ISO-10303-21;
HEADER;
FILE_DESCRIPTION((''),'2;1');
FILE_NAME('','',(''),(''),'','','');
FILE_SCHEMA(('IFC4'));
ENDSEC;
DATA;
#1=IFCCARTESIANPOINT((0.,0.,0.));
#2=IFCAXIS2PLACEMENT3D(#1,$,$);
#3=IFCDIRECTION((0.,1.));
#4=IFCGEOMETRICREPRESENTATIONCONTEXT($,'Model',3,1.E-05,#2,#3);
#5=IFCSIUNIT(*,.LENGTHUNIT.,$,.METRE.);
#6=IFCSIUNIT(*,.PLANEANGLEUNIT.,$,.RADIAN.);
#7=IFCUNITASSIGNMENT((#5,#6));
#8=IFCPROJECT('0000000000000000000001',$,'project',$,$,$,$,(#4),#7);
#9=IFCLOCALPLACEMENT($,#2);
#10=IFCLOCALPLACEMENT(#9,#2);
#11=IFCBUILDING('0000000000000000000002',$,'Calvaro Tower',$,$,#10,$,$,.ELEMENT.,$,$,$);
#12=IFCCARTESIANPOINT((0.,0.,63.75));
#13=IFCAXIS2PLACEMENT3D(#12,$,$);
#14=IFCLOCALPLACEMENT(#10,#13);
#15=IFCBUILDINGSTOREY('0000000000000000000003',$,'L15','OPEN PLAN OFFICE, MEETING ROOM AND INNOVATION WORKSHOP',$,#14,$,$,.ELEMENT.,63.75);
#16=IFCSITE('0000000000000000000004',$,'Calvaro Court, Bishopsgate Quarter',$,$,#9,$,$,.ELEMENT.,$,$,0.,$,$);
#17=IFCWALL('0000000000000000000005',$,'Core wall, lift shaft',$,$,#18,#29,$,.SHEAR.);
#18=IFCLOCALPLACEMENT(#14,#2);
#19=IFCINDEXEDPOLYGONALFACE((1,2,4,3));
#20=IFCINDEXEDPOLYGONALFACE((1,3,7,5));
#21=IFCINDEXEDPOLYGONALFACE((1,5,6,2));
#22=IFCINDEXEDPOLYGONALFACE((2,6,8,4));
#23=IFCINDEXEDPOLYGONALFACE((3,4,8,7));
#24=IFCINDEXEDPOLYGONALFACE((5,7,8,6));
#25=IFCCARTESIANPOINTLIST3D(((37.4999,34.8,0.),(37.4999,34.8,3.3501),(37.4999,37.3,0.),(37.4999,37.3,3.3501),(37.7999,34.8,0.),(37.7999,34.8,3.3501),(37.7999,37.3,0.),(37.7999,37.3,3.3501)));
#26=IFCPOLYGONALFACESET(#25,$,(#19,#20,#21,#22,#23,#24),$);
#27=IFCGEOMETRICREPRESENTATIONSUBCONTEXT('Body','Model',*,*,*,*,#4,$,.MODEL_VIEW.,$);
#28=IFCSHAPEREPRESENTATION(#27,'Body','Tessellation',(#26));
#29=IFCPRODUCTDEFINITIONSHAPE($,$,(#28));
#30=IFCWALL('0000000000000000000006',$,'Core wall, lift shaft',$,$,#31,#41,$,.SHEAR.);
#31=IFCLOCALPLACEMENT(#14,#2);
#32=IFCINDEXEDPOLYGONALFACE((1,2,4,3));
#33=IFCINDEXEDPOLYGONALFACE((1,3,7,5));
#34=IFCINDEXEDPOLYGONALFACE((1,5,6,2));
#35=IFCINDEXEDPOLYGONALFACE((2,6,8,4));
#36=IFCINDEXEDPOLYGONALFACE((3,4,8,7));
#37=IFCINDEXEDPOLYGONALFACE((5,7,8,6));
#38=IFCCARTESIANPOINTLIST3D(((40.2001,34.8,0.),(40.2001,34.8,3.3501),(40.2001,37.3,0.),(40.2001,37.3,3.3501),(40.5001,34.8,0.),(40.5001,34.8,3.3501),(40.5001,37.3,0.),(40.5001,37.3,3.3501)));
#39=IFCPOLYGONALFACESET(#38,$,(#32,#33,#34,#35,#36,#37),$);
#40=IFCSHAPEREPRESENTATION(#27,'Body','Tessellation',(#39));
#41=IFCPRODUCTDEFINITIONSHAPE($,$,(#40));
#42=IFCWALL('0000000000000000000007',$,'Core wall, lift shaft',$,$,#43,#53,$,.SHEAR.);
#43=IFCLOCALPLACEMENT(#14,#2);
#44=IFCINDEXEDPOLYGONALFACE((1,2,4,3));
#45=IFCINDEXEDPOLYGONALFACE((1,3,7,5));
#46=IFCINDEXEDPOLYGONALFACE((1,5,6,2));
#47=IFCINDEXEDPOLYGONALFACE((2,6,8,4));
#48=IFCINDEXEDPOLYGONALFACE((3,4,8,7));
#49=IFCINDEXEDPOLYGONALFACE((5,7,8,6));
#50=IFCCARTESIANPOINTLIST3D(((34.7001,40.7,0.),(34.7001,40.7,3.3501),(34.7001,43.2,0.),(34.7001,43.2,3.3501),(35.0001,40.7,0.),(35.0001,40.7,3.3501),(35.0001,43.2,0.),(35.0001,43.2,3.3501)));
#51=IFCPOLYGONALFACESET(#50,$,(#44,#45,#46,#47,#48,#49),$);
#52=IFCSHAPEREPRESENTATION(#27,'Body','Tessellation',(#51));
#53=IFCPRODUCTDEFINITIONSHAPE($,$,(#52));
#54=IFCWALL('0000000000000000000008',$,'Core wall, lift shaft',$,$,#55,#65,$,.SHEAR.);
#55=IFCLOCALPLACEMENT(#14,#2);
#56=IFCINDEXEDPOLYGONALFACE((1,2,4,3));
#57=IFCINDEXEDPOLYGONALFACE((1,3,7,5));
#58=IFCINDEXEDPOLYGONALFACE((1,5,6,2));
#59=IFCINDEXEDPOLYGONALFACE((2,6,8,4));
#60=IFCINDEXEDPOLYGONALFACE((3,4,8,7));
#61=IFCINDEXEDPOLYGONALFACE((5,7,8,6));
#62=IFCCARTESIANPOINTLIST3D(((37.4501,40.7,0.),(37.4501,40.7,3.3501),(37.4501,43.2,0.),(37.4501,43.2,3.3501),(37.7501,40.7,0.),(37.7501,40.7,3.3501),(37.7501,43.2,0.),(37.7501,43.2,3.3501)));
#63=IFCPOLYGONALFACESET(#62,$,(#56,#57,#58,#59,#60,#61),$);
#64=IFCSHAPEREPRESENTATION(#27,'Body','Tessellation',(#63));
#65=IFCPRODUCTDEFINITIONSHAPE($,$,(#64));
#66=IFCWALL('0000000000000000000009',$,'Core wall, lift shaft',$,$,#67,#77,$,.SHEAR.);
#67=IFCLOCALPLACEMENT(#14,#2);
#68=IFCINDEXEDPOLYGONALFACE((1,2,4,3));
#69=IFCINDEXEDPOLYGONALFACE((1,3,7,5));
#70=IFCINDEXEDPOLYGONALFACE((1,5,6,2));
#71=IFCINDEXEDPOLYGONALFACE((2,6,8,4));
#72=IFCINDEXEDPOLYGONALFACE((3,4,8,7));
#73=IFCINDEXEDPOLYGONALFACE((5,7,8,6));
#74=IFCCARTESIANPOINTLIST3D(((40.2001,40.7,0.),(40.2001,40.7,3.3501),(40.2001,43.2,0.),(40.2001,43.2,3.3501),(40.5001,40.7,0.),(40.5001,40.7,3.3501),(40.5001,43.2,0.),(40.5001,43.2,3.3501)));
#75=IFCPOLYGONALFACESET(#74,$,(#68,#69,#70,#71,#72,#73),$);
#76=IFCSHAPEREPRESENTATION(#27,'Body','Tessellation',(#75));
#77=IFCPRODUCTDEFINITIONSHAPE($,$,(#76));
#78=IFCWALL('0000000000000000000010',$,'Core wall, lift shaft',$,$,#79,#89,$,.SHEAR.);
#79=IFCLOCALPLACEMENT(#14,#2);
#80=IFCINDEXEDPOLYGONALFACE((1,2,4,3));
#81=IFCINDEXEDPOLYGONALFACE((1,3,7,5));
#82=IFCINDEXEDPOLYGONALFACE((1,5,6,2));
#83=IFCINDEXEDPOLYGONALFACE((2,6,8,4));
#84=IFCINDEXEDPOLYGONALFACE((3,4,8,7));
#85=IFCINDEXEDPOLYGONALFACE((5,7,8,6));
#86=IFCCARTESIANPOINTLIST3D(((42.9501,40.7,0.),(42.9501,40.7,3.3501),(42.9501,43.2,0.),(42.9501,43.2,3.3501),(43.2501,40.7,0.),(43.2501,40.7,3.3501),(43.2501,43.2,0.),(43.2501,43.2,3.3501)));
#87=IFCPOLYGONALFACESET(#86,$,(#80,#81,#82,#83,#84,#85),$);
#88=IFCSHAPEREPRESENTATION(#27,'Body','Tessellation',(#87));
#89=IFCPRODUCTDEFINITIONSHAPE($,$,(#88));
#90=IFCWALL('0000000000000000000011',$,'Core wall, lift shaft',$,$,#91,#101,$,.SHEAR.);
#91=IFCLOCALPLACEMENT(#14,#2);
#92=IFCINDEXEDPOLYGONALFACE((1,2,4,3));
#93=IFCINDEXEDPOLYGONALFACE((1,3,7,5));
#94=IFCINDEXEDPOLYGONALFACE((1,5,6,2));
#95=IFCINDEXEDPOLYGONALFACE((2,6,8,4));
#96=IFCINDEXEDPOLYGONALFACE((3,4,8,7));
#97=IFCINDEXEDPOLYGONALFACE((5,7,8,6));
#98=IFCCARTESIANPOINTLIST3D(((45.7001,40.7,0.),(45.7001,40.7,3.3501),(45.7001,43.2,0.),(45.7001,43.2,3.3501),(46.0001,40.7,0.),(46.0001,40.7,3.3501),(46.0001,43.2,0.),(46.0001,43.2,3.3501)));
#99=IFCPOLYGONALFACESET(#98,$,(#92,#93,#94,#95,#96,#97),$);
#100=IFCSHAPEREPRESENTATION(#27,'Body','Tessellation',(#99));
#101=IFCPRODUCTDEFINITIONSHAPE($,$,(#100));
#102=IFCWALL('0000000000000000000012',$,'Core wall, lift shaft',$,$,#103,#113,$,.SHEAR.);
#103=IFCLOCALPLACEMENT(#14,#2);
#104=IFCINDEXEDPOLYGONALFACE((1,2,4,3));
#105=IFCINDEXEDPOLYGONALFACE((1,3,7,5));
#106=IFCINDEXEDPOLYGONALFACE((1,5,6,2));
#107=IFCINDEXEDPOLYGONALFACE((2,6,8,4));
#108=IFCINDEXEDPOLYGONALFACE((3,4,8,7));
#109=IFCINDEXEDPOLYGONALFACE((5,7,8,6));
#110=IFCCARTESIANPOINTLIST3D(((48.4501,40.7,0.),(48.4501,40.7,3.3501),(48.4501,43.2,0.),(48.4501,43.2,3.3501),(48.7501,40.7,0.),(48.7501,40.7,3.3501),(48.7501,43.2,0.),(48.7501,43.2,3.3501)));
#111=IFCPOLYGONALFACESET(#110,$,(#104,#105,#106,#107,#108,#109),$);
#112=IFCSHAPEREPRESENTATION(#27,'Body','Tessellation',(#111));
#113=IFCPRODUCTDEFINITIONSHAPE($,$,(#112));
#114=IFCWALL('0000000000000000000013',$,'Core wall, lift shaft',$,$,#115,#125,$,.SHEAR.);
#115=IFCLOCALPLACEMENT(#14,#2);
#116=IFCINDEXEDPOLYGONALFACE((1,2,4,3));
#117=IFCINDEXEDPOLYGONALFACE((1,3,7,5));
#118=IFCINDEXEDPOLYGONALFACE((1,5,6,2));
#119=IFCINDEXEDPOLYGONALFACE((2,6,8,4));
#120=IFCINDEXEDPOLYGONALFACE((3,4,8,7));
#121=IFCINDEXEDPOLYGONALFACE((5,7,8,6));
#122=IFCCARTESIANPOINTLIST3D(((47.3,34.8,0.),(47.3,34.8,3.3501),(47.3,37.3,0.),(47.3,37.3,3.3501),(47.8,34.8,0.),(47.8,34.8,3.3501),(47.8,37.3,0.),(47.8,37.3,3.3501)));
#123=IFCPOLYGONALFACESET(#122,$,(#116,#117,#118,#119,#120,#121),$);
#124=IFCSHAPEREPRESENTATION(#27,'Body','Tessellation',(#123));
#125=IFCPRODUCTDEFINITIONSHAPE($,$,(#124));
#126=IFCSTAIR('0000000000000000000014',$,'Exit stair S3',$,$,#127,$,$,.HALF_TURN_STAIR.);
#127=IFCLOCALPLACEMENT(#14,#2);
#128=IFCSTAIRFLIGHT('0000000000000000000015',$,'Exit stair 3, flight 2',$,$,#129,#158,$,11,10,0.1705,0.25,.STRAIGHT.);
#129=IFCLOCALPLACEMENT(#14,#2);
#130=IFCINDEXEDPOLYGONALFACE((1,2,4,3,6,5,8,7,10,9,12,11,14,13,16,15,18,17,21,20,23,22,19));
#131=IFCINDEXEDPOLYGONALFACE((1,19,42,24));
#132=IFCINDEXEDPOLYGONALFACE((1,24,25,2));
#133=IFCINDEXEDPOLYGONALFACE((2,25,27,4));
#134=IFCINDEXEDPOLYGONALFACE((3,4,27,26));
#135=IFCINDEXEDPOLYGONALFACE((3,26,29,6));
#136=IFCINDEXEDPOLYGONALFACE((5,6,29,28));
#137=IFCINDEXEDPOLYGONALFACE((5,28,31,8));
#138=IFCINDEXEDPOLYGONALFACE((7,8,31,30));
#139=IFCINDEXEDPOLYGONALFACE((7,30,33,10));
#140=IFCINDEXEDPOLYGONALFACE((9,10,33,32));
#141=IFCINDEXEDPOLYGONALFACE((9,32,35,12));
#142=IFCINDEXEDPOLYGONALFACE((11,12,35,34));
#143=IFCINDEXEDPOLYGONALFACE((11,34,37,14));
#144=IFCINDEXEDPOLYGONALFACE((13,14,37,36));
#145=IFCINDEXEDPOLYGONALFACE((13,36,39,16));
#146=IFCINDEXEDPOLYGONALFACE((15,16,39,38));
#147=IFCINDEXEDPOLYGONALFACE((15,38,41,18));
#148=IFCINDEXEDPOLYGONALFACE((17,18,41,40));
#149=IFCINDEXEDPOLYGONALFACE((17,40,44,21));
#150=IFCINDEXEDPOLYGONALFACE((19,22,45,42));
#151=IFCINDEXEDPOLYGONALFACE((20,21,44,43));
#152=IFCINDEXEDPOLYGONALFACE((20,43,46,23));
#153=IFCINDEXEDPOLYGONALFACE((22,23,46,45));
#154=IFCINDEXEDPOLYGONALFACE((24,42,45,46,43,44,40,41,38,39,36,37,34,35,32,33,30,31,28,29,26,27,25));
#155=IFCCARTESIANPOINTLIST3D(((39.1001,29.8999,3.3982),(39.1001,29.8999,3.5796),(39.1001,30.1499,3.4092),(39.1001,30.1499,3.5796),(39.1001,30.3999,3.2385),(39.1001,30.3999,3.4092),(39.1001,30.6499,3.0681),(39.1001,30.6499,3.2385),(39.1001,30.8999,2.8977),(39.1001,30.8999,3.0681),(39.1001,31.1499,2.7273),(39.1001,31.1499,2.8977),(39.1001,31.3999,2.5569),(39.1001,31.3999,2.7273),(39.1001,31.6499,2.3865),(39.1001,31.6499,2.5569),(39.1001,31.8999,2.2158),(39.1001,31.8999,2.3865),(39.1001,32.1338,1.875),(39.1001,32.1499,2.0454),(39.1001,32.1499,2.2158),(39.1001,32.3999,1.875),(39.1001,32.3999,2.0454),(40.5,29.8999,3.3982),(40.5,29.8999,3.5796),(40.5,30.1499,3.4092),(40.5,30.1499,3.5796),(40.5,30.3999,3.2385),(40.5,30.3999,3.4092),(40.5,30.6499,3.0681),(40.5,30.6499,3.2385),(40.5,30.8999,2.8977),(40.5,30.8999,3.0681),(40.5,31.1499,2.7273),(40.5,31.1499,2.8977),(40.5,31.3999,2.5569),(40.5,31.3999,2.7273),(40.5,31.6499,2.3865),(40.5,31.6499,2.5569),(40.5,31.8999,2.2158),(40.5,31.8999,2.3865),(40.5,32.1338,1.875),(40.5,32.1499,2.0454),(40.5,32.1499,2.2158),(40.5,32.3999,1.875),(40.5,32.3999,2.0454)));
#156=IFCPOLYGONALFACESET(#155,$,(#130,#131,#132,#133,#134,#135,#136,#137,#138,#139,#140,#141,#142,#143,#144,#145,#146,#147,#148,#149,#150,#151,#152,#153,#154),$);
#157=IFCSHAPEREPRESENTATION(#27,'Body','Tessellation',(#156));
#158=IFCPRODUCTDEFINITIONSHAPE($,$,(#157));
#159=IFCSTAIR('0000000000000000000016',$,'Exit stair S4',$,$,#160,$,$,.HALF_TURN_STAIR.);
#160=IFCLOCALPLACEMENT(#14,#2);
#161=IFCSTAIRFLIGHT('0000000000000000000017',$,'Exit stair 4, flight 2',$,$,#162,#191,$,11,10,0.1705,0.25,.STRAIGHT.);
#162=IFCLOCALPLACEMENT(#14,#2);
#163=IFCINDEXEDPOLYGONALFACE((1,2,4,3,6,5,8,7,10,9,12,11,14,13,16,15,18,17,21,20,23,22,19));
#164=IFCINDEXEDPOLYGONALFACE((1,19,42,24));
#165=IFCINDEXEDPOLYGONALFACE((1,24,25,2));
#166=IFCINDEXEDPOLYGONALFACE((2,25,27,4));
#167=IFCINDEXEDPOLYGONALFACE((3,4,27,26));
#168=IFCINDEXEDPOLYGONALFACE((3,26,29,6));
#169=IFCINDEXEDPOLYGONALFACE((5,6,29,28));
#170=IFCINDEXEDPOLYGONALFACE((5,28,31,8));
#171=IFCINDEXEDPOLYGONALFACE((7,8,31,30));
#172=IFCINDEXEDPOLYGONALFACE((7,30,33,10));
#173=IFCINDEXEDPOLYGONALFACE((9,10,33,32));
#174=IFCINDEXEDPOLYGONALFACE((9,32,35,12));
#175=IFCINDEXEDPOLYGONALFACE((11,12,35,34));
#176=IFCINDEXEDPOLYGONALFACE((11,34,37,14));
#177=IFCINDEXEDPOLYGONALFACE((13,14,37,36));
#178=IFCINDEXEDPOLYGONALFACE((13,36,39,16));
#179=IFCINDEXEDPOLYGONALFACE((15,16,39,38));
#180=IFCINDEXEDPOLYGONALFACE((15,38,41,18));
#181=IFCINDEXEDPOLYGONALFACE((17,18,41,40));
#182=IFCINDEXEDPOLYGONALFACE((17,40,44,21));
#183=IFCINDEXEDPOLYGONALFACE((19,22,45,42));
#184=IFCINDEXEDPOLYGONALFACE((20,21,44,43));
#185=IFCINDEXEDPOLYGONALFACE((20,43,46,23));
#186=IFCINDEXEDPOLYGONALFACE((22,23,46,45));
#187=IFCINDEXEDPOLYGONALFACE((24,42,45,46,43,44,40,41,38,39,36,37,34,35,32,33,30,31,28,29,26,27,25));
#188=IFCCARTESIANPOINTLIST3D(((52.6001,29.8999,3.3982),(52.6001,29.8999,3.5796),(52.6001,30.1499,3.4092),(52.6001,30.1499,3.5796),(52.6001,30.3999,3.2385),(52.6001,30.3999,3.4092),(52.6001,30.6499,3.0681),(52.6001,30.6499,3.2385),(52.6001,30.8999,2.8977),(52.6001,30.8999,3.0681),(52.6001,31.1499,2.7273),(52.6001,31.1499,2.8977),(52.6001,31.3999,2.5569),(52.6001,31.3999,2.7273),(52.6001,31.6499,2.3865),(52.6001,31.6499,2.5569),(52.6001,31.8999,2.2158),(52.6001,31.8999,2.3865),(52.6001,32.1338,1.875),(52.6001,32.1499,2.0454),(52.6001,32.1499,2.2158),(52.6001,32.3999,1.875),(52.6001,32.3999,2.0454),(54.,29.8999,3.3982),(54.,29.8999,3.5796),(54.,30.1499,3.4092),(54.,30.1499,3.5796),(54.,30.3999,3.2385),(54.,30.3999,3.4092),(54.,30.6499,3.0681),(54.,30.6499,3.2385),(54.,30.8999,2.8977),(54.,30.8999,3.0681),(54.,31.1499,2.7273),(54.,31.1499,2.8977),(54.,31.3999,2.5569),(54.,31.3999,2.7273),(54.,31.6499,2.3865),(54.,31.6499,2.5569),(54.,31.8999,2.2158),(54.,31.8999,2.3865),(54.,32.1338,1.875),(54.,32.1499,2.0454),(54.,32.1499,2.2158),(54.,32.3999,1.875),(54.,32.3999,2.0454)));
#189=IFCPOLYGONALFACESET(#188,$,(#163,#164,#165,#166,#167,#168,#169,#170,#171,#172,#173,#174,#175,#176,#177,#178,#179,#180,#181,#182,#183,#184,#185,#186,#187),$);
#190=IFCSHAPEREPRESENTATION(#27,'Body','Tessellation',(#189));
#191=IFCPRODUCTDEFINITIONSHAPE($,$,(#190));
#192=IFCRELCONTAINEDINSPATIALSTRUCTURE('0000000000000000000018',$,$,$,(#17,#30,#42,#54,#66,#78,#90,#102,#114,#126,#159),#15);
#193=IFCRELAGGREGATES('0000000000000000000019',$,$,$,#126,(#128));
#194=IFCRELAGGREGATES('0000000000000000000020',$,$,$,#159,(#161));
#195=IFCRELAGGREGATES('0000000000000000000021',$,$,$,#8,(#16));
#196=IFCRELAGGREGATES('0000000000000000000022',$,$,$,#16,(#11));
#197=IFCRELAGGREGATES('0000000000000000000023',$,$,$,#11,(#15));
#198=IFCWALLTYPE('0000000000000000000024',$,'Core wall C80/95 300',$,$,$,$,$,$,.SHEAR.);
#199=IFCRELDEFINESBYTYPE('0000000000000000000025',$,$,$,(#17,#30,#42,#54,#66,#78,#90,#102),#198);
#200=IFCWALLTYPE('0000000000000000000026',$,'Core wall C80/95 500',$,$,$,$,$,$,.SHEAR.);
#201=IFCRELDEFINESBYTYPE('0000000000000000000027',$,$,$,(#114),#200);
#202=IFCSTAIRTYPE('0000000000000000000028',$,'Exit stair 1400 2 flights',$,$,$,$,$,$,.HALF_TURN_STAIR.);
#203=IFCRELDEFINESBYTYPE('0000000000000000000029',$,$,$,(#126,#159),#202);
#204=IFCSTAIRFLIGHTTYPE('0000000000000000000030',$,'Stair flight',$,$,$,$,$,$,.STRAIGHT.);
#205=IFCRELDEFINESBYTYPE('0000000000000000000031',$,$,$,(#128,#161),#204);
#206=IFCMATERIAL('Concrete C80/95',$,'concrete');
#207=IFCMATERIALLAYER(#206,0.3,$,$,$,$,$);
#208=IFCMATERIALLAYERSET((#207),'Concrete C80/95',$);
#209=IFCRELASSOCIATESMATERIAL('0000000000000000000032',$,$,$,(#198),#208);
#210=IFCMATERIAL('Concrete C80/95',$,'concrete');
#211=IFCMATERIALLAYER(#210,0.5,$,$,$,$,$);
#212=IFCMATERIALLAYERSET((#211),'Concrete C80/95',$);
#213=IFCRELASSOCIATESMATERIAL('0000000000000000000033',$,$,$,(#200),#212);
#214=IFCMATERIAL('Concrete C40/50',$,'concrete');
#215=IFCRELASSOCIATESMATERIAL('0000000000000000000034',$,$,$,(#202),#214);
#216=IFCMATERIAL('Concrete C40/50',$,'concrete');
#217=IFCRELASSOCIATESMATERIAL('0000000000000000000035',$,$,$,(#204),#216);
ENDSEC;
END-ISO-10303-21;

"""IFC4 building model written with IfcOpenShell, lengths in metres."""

from ifc_helpers import new_model, si_unit, direction, frame, frame_2d, origin, place, context, subcontext, project, spatial, polyline, rectangle, outline, extrude, material, layer, layer_set, type_object, element, aggregate, save


model = new_model("IFC4")

# Units and contexts
model_context = context("Model", 3, precision=1e-05, world=origin(), true_north=direction((0.0, 1.0)))
body_context = subcontext(model_context, "Body", "Model", "MODEL_VIEW")
ifc_project = project(units=[si_unit("LENGTHUNIT", "METRE"), si_unit("PLANEANGLEUNIT", "RADIAN")], contexts=[model_context])

# Site, building, storey
site_placement = place(None, origin())
site = spatial("IfcSite", under=ifc_project, at=site_placement, Name="Calvaro Court, Bishopsgate Quarter", CompositionType="ELEMENT", RefElevation=0.0)
building_placement = place(site_placement, origin())
building = spatial("IfcBuilding", under=site, at=building_placement, Name="Calvaro Tower", CompositionType="ELEMENT")
storey_placement = place(building_placement, frame((0.0, 0.0, 63.75)))
storey = spatial("IfcBuildingStorey", under=building, at=storey_placement, Name="L15", Description="OPEN PLAN OFFICE, MEETING ROOM AND INNOVATION WORKSHOP", CompositionType="ELEMENT", Elevation=63.75)

# Shared definitions
ifc_material_1 = material(Name="Concrete C80/95", Category="concrete")
ifc_layer_1 = layer(ifc_material_1, 0.3)
ifc_layer_set_1 = layer_set([ifc_layer_1], Name="Concrete C80/95")
wall_type_1 = type_object("IfcWallType", Name="Core wall C80/95 300", PredefinedType="SHEAR", material=ifc_layer_set_1)

# Walls
for number, where, z_axis, x_axis, name in (
    (1, (37.6499, 34.8, 0.0), (0.0, 0.0, 1.0), (0.0, 1.0, 0.0), "Core wall, lift shaft"),
    (2, (40.3501, 34.8, 0.0), (0.0, 0.0, 1.0), (0.0, 1.0, 0.0), "Core wall, lift shaft"),
    (3, (34.8501, 40.7, 0.0), (0.0, 0.0, 1.0), (0.0, 1.0, 0.0), "Core wall, lift shaft"),
    (4, (37.6001, 40.7, 0.0), (0.0, 0.0, 1.0), (0.0, 1.0, 0.0), "Core wall, lift shaft"),
    (5, (40.3501, 40.7, 0.0), (0.0, 0.0, 1.0), (0.0, 1.0, 0.0), "Core wall, lift shaft"),
    (6, (43.1001, 40.7, 0.0), (0.0, 0.0, 1.0), (0.0, 1.0, 0.0), "Core wall, lift shaft"),
    (7, (45.8501, 40.7, 0.0), (0.0, 0.0, 1.0), (0.0, 1.0, 0.0), "Core wall, lift shaft"),
    (8, (48.6001, 40.7, 0.0), (0.0, 0.0, 1.0), (0.0, 1.0, 0.0), "Core wall, lift shaft"),
):
    element("IfcWall", number, at=place(storey_placement, frame(where, z_axis=z_axis, x_axis=x_axis)), inside=storey, type_object=wall_type_1, Name=name, PredefinedType="SHEAR", context=body_context, shape_type="SweptSolid", body=[
        extrude(rectangle(XDim=2.5, YDim=0.3, at=frame_2d((1.25, 0.0))), origin(), (0.0, 0.0, 1.0), 3.3501),
    ])
ifc_material_2 = material(Name="Concrete C80/95", Category="concrete")
ifc_layer_2 = layer(ifc_material_2, 0.5)
ifc_layer_set_2 = layer_set([ifc_layer_2], Name="Concrete C80/95")
wall_type_2 = type_object("IfcWallType", Name="Core wall C80/95 500", PredefinedType="SHEAR", material=ifc_layer_set_2)
wall_1_placement = place(storey_placement, frame((47.55, 34.8, 0.0), z_axis=(0.0, 0.0, 1.0), x_axis=(0.0, 1.0, 0.0)))
element("IfcWall", 9, at=wall_1_placement, inside=storey, type_object=wall_type_2, Name="Core wall, lift shaft", PredefinedType="SHEAR", context=body_context, shape_type="SweptSolid", body=[
    extrude(rectangle(XDim=2.5, YDim=0.5, at=frame_2d((1.25, 0.0))), origin(), (0.0, 0.0, 1.0), 3.3501),
])

# Stairs, stair flights
ifc_material_3 = material(Name="Concrete C40/50", Category="concrete")
stair_type = type_object("IfcStairType", Name="Exit stair 1400 2 flights", PredefinedType="HALF_TURN_STAIR", material=ifc_material_3)
stair_1_placement = place(storey_placement, origin())
stair_1 = element("IfcStair", 10, at=stair_1_placement, inside=storey, type_object=stair_type, Name="Exit stair S3", PredefinedType="HALF_TURN_STAIR")
ifc_material_4 = material(Name="Concrete C40/50", Category="concrete")
stair_flight_type = type_object("IfcStairFlightType", Name="Stair flight", PredefinedType="STRAIGHT", material=ifc_material_4)
stair_flight_1_placement = place(storey_placement, frame((39.8, 32.3999, 1.875), z_axis=(0.0, 0.0, 1.0), x_axis=(0.0, -1.0, 0.0)))
stair_flight_1 = element("IfcStairFlight", 11, at=stair_flight_1_placement, type_object=stair_flight_type, Name="Exit stair 3, flight 2", NumberOfRisers=11, NumberOfTreads=10, PredefinedType="STRAIGHT", RiserHeight=0.1705, TreadLength=0.25, context=body_context, shape_type="SweptSolid", body=[
    extrude(outline(polyline([(0.0, 0.0), (0.0, 0.1704), (0.25, 0.1704), (0.25, 0.3408), (0.5, 0.3408), (0.5, 0.5115), (0.75, 0.5115), (0.75, 0.6819), (1.0, 0.6819), (1.0, 0.8523), (1.25, 0.8523), (1.25, 1.0227), (1.5, 1.0227), (1.5, 1.1931), (1.75, 1.1931), (1.75, 1.3635), (2.0, 1.3635), (2.0, 1.5342), (2.25, 1.5342), (2.25, 1.7046), (2.5, 1.7046), (2.5, 1.875), (2.5, 1.5232), (0.2661, 0.0), (0.0, 0.0)])), frame((0.0, 0.7, 0.0), z_axis=(0.0, -1.0, 0.0), x_axis=(1.0, 0.0, 0.0)), (0.0, 0.0, 1.0), 1.3999),
])
stair_2_placement = place(storey_placement, origin())
stair_2 = element("IfcStair", 12, at=stair_2_placement, inside=storey, type_object=stair_type, Name="Exit stair S4", PredefinedType="HALF_TURN_STAIR")
stair_flight_2_placement = place(storey_placement, frame((53.3, 32.3999, 1.875), z_axis=(0.0, 0.0, 1.0), x_axis=(0.0, -1.0, 0.0)))
stair_flight_2 = element("IfcStairFlight", 13, at=stair_flight_2_placement, type_object=stair_flight_type, Name="Exit stair 4, flight 2", NumberOfRisers=11, NumberOfTreads=10, PredefinedType="STRAIGHT", RiserHeight=0.1705, TreadLength=0.25, context=body_context, shape_type="SweptSolid", body=[
    extrude(outline(polyline([(0.0, 0.0), (0.0, 0.1704), (0.25, 0.1704), (0.25, 0.3408), (0.5, 0.3408), (0.5, 0.5115), (0.75, 0.5115), (0.75, 0.6819), (1.0, 0.6819), (1.0, 0.8523), (1.25, 0.8523), (1.25, 1.0227), (1.5, 1.0227), (1.5, 1.1931), (1.75, 1.1931), (1.75, 1.3635), (2.0, 1.3635), (2.0, 1.5342), (2.25, 1.5342), (2.25, 1.7046), (2.5, 1.7046), (2.5, 1.875), (2.5, 1.5232), (0.2661, 0.0), (0.0, 0.0)])), frame((0.0, 0.7, 0.0), z_axis=(0.0, -1.0, 0.0), x_axis=(1.0, 0.0, 0.0)), (0.0, 0.0, 1.0), 1.3999),
])

aggregate(stair_1, [stair_flight_1])
aggregate(stair_2, [stair_flight_2])

save(model, "model.ifc")
